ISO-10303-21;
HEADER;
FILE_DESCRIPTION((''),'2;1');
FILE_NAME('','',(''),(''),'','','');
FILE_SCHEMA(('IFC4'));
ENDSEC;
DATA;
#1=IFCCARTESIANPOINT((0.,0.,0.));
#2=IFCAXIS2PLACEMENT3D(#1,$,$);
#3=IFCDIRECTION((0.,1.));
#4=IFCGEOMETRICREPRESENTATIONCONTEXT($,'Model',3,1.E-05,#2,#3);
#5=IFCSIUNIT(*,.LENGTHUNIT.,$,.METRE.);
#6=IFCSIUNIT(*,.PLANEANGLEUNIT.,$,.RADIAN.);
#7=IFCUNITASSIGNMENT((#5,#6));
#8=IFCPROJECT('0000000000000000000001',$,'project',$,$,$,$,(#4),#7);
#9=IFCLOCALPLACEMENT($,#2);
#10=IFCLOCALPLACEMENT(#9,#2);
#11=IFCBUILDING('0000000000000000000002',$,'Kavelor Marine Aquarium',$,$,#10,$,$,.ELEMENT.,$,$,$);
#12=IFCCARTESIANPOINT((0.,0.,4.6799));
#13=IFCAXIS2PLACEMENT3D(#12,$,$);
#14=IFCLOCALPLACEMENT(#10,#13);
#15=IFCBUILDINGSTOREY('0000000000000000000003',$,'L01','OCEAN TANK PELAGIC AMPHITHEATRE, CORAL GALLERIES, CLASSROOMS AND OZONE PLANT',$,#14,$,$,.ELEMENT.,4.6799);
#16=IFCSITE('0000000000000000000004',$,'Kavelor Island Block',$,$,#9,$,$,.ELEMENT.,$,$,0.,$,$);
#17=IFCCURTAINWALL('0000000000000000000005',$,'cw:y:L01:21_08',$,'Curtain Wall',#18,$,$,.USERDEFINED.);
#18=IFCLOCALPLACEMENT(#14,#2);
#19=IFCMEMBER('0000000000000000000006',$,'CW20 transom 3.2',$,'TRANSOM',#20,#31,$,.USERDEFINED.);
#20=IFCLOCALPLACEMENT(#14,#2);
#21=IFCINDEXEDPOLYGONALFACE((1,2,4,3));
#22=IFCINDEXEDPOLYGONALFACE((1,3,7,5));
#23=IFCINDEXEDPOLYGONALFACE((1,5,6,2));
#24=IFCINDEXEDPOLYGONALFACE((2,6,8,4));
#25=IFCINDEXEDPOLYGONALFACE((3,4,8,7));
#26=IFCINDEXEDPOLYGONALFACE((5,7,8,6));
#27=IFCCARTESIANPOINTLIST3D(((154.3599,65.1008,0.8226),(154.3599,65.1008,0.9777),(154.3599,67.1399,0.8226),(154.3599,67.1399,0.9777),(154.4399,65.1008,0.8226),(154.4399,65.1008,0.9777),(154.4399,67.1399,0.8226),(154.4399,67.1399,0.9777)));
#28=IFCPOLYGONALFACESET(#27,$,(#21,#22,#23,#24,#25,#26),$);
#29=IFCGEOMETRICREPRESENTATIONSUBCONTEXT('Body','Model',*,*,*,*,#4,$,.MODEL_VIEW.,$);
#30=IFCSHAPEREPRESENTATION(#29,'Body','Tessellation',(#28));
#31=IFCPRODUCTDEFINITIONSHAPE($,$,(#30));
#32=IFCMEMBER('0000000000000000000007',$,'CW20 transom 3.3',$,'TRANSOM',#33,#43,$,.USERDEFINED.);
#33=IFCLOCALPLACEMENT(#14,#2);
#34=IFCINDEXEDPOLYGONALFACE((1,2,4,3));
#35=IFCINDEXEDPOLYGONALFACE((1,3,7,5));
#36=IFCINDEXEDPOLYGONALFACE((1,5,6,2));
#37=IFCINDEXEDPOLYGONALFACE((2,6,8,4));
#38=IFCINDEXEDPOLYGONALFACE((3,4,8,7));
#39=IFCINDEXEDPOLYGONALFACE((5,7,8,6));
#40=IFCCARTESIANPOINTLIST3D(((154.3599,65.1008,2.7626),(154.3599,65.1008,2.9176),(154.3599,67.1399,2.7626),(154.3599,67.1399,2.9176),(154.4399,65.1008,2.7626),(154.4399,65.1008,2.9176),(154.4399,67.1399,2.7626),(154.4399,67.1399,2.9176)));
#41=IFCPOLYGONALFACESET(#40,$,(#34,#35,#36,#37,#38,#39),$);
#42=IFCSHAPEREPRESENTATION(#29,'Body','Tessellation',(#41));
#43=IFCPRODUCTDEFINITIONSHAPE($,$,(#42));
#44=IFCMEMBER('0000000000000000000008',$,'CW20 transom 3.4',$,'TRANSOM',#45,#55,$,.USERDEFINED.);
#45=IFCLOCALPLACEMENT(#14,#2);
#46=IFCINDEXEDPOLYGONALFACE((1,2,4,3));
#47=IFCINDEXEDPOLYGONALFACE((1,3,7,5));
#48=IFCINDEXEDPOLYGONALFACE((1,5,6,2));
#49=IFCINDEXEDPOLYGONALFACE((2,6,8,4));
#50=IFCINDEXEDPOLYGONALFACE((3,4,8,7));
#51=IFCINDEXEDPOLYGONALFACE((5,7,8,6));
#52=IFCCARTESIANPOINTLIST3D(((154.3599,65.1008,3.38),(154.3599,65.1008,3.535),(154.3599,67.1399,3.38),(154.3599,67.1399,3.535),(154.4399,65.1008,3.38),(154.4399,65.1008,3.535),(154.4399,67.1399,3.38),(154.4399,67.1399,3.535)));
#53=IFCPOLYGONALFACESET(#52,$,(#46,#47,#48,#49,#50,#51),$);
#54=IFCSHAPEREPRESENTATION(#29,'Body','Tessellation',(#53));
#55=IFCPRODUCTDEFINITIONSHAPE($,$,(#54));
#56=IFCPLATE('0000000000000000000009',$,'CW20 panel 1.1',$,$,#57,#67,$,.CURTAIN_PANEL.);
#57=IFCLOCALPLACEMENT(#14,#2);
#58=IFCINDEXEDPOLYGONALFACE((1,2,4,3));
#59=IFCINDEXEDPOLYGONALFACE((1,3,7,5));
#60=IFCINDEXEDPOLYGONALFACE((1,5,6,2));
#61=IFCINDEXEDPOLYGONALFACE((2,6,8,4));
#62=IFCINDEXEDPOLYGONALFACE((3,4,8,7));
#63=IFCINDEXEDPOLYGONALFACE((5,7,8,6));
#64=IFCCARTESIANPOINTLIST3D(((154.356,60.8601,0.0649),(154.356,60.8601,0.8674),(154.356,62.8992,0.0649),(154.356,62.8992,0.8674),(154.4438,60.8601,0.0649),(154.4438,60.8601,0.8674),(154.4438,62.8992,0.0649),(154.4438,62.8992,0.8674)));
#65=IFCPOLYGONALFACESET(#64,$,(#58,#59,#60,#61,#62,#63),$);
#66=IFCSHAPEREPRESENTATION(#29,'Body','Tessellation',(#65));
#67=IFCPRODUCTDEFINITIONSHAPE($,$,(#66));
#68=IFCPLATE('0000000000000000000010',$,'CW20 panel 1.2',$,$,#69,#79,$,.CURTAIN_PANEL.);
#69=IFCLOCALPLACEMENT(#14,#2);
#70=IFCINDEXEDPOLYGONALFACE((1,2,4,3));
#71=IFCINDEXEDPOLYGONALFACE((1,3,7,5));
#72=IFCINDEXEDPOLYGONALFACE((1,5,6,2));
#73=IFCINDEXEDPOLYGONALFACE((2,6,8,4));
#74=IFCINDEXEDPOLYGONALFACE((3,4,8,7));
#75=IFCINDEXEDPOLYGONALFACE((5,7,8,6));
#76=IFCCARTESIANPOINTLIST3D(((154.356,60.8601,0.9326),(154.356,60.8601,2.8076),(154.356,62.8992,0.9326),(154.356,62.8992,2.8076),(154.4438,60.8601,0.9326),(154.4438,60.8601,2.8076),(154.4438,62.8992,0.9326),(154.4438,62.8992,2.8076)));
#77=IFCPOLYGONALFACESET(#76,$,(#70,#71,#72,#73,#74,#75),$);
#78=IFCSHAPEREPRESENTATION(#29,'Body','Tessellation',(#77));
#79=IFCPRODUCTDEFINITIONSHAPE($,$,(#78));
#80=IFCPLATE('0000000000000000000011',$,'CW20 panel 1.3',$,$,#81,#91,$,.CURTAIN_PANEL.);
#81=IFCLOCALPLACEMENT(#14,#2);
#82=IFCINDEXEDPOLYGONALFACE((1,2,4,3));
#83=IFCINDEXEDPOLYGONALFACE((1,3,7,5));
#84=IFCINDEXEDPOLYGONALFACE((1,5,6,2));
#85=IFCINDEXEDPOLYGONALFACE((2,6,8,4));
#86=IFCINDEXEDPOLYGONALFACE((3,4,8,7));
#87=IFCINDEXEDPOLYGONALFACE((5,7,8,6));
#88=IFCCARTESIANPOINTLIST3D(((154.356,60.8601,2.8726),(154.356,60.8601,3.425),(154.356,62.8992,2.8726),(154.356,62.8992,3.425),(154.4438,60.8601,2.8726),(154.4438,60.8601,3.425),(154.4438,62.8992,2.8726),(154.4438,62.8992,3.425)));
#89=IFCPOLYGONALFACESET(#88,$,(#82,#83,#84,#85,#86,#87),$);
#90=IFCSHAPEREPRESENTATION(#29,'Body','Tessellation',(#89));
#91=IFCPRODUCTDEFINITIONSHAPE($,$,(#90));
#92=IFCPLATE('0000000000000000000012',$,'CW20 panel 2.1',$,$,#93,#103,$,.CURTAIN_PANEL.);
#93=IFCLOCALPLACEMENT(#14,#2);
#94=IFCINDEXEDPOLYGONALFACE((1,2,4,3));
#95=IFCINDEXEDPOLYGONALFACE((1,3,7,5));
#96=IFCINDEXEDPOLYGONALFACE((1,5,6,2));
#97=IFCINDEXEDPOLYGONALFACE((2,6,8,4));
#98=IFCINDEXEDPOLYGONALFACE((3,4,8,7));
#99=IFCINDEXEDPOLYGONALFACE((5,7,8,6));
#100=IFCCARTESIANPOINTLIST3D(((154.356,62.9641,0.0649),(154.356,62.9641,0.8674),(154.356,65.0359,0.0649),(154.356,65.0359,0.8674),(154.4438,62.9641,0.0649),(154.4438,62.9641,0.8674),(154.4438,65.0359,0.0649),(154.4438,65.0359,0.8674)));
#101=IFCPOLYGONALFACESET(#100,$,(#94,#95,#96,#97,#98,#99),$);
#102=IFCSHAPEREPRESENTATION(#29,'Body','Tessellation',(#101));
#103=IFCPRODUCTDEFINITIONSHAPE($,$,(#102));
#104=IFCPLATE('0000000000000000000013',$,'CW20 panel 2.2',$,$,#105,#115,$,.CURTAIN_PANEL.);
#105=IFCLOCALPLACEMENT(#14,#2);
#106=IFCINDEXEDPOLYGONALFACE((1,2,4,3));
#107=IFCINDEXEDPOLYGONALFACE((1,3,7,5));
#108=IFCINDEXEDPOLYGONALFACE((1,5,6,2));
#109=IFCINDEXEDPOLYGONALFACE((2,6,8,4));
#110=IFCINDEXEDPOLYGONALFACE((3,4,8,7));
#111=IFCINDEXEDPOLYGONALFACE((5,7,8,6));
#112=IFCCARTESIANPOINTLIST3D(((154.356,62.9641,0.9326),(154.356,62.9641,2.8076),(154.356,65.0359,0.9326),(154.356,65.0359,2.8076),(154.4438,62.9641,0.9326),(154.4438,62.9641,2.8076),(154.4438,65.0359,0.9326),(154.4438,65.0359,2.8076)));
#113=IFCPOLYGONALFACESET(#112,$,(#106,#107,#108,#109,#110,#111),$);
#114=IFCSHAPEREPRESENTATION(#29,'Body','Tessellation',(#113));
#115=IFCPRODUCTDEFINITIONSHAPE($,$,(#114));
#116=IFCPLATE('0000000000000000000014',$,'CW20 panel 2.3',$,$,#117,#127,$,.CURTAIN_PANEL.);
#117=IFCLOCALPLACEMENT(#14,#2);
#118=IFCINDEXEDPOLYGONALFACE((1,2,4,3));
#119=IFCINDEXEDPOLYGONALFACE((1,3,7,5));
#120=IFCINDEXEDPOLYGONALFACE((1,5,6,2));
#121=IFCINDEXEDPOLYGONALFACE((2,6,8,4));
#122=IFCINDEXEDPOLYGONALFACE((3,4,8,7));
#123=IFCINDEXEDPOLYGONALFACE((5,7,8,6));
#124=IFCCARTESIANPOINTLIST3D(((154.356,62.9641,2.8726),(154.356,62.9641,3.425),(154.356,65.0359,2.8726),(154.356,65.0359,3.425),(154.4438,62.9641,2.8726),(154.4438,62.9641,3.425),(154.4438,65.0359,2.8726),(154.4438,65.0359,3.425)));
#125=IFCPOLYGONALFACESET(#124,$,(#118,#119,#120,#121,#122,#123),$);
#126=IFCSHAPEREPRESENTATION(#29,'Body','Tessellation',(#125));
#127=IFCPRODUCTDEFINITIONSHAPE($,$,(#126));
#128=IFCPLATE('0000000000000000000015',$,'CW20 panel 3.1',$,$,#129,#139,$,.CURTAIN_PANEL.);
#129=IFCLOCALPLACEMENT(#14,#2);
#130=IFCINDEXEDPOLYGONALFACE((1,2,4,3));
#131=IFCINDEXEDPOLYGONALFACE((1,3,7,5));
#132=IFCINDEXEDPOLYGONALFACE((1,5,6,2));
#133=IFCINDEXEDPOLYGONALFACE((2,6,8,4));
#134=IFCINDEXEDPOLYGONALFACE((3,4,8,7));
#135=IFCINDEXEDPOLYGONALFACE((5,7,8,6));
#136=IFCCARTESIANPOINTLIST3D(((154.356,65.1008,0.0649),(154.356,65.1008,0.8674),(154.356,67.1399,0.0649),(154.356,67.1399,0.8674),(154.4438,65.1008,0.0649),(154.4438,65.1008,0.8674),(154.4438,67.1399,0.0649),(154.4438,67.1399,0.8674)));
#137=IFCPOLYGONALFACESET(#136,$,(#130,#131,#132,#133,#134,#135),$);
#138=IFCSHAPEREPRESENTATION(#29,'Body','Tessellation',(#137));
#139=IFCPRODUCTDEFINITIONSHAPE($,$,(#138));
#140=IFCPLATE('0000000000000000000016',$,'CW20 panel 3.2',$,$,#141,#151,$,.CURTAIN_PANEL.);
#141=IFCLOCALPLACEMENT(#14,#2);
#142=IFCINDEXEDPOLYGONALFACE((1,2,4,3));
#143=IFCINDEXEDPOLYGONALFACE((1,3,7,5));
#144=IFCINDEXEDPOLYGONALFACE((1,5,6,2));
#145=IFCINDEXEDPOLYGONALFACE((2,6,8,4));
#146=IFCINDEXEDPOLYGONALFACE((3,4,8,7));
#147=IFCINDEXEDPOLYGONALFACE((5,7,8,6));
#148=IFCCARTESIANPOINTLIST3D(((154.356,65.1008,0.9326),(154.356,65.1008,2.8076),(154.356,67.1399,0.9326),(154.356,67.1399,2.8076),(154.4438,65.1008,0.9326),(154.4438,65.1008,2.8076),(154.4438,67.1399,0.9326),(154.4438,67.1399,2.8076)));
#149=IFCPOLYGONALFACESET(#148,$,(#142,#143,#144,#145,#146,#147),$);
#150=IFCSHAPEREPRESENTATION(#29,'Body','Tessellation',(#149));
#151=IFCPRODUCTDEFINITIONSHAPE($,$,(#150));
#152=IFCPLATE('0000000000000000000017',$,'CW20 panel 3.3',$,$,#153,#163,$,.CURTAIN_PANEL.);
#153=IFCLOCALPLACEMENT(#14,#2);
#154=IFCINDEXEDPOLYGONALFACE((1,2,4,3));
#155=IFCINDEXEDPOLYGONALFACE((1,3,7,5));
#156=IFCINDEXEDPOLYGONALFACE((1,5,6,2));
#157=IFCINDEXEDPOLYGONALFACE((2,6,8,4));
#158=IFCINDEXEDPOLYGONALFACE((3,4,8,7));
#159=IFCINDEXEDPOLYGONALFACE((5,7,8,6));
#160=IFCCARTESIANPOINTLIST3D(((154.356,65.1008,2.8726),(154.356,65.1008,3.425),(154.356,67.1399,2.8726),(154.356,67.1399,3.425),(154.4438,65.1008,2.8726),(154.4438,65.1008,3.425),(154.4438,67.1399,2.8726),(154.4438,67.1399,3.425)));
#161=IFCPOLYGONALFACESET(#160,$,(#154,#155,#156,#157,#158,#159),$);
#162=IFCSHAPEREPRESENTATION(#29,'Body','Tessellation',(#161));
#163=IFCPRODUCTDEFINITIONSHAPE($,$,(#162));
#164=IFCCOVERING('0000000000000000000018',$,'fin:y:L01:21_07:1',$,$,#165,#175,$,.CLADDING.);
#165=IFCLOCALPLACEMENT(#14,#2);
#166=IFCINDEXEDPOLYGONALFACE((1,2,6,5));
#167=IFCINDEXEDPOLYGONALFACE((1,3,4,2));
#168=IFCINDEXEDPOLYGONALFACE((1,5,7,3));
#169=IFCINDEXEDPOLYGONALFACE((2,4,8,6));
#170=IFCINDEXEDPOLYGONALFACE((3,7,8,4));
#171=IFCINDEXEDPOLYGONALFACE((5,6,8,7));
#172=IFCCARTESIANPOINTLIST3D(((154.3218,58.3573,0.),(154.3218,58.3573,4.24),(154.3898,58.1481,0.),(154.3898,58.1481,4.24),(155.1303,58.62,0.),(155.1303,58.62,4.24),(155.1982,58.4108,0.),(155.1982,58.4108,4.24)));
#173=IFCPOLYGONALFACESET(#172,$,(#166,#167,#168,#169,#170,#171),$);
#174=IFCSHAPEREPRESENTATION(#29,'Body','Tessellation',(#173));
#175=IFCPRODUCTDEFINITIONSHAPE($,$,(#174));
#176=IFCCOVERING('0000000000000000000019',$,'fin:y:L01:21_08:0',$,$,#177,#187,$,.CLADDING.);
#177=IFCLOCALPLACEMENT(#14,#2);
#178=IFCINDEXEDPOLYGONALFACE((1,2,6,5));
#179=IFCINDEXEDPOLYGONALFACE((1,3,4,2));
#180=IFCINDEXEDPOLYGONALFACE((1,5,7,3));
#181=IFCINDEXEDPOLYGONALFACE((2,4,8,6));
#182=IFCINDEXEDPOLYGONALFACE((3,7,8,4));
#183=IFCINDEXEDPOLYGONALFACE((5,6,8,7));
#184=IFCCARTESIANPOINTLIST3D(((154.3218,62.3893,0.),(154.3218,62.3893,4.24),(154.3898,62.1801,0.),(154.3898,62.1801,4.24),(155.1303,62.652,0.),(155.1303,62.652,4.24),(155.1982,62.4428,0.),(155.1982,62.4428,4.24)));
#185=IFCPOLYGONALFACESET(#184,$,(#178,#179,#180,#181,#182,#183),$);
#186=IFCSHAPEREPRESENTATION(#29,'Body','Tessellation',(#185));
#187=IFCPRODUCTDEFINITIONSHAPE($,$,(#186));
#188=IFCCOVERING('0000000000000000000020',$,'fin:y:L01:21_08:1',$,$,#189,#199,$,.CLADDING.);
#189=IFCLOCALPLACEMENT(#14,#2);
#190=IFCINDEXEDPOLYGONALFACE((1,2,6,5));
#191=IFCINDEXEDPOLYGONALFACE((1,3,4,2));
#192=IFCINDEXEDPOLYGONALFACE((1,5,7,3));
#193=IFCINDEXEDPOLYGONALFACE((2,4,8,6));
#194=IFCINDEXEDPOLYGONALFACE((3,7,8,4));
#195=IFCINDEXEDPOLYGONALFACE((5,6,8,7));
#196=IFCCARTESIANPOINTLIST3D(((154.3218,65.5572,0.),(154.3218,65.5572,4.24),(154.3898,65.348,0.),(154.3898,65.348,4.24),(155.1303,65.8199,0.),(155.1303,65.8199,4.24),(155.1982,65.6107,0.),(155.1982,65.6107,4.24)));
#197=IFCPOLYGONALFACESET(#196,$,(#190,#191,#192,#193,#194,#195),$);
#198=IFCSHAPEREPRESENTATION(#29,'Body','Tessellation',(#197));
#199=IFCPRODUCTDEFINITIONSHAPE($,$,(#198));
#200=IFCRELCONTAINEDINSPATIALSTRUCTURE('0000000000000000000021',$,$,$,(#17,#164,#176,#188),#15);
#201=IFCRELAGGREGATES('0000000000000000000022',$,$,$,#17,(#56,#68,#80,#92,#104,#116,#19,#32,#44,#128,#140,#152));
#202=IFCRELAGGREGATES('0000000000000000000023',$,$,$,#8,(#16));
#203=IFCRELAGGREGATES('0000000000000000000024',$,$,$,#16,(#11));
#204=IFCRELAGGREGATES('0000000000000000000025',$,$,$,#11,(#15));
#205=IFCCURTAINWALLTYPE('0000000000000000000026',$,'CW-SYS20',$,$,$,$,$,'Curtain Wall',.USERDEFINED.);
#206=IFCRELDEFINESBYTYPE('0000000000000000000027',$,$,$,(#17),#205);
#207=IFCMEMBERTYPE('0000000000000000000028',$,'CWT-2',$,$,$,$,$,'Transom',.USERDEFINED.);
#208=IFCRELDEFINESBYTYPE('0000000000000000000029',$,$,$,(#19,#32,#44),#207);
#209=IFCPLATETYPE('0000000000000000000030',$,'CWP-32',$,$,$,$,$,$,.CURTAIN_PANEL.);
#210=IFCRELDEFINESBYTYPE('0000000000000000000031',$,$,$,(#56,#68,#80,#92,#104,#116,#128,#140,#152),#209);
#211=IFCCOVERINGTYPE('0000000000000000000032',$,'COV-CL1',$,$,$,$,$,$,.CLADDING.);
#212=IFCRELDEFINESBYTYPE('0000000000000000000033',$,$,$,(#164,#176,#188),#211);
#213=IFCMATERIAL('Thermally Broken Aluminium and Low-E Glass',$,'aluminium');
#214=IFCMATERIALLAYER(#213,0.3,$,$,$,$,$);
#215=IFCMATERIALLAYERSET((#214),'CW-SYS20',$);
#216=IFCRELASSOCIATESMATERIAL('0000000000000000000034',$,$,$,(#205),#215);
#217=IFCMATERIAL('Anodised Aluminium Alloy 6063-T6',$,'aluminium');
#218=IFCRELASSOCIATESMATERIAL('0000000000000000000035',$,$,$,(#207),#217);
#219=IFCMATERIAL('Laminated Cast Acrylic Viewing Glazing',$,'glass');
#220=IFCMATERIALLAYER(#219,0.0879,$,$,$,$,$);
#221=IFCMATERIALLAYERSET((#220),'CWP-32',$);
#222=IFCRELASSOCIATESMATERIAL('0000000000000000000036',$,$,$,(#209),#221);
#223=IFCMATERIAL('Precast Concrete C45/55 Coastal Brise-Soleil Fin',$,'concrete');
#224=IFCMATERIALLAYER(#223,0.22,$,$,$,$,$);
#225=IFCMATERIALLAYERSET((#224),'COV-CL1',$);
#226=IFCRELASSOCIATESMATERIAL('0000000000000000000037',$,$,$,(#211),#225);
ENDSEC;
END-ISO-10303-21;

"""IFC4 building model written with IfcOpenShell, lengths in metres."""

from ifc_helpers import new_model, si_unit, direction, frame, origin, origin_2d, place, context, subcontext, project, spatial, rectangle, extrude, material, layer, layer_set, material_profile, profile_set, type_object, element, aggregate, save


model = new_model("IFC4")

# Units and contexts
model_context = context("Model", 3, precision=1e-05, world=origin(), true_north=direction((0.0, 1.0)))
body_context = subcontext(model_context, "Body", "Model", "MODEL_VIEW")
ifc_project = project(units=[si_unit("LENGTHUNIT", "METRE"), si_unit("PLANEANGLEUNIT", "RADIAN")], contexts=[model_context])

# Site, building, storey
site_placement = place(None, origin())
site = spatial("IfcSite", under=ifc_project, at=site_placement, Name="Kavelor Island Block", CompositionType="ELEMENT", RefElevation=0.0)
building_placement = place(site_placement, origin())
building = spatial("IfcBuilding", under=site, at=building_placement, Name="Kavelor Marine Aquarium", CompositionType="ELEMENT")
storey_placement = place(building_placement, frame((0.0, 0.0, 4.6799)))
storey = spatial("IfcBuildingStorey", under=building, at=storey_placement, Name="L01", Description="OCEAN TANK PELAGIC AMPHITHEATRE, CORAL GALLERIES, CLASSROOMS AND OZONE PLANT", CompositionType="ELEMENT", Elevation=4.6799)

# Curtain wall, members, plates
ifc_material_1 = material(Name="Thermally Broken Aluminium and Low-E Glass", Category="aluminium")
ifc_layer_1 = layer(ifc_material_1, 0.3)
ifc_layer_set_1 = layer_set([ifc_layer_1], Name="CW-SYS20")
curtain_wall_type = type_object("IfcCurtainWallType", Name="CW-SYS20", ElementType="Curtain Wall", PredefinedType="USERDEFINED", material=ifc_layer_set_1)
curtain_wall_placement = place(storey_placement, origin())
curtain_wall = element("IfcCurtainWall", 1, at=curtain_wall_placement, inside=storey, type_object=curtain_wall_type, Name="cw:y:L01:21_08", ObjectType="Curtain Wall", PredefinedType="USERDEFINED")
ifc_material_2 = material(Name="Anodised Aluminium Alloy 6063-T6", Category="aluminium")
ifc_material_profile_1 = material_profile(ifc_material_2, rectangle(XDim=0.0801, YDim=0.155, at=origin_2d()), Name="CW-TRN 80x155")
ifc_profile_set_1 = profile_set([ifc_material_profile_1], Name="Anodised Aluminium Alloy 6063-T6")
member_type_1 = type_object("IfcMemberType", Name="CWT-2", ElementType="Transom", PredefinedType="USERDEFINED", material=ifc_profile_set_1)
member_1_placement = place(storey_placement, frame((154.3999, 65.1008, 0.9001), z_axis=(0.0, 1.0, 0.0), x_axis=(-1.0, 0.0, 0.0)))
member_1 = element("IfcMember", 2, at=member_1_placement, type_object=member_type_1, Name="CW20 transom 3.2", ObjectType="TRANSOM", PredefinedType="USERDEFINED", context=body_context, shape_type="SweptSolid", body=[
    extrude(rectangle(XDim=0.0801, YDim=0.155, at=origin_2d()), origin(), (0.0, 0.0, 1.0), 2.0391),
])
member_2_placement = place(storey_placement, frame((154.3999, 65.1008, 2.8401), z_axis=(0.0, 1.0, 0.0), x_axis=(-1.0, 0.0, 0.0)))
member_2 = element("IfcMember", 3, at=member_2_placement, type_object=member_type_1, Name="CW20 transom 3.3", ObjectType="TRANSOM", PredefinedType="USERDEFINED", context=body_context, shape_type="SweptSolid", body=[
    extrude(rectangle(XDim=0.0801, YDim=0.155, at=origin_2d()), origin(), (0.0, 0.0, 1.0), 2.0391),
])
member_3_placement = place(storey_placement, frame((154.3999, 65.1008, 3.4575), z_axis=(0.0, 1.0, 0.0), x_axis=(-1.0, 0.0, 0.0)))
member_3 = element("IfcMember", 4, at=member_3_placement, type_object=member_type_1, Name="CW20 transom 3.4", ObjectType="TRANSOM", PredefinedType="USERDEFINED", context=body_context, shape_type="SweptSolid", body=[
    extrude(rectangle(XDim=0.0801, YDim=0.155, at=origin_2d()), origin(), (0.0, 0.0, 1.0), 2.0391),
])
ifc_material_3 = material(Name="Laminated Cast Acrylic Viewing Glazing", Category="glass")
ifc_layer_2 = layer(ifc_material_3, 0.0879)
ifc_layer_set_2 = layer_set([ifc_layer_2], Name="CWP-32")
plate_type = type_object("IfcPlateType", Name="CWP-32", PredefinedType="CURTAIN_PANEL", material=ifc_layer_set_2)
plate_1_placement = place(storey_placement, frame((154.3999, 61.8796, 0.0649), z_axis=(0.0, 0.0, 1.0), x_axis=(0.0, 1.0, 0.0)))
plate_1 = element("IfcPlate", 5, at=plate_1_placement, type_object=plate_type, Name="CW20 panel 1.1", PredefinedType="CURTAIN_PANEL", context=body_context, shape_type="SweptSolid", body=[
    extrude(rectangle(XDim=2.0391, YDim=0.0879, at=origin_2d()), origin(), (0.0, 0.0, 1.0), 0.8025),
])
plate_2_placement = place(storey_placement, frame((154.3999, 61.8796, 0.9326), z_axis=(0.0, 0.0, 1.0), x_axis=(0.0, 1.0, 0.0)))
plate_2 = element("IfcPlate", 6, at=plate_2_placement, type_object=plate_type, Name="CW20 panel 1.2", PredefinedType="CURTAIN_PANEL", context=body_context, shape_type="SweptSolid", body=[
    extrude(rectangle(XDim=2.0391, YDim=0.0879, at=origin_2d()), origin(), (0.0, 0.0, 1.0), 1.875),
])
plate_3_placement = place(storey_placement, frame((154.3999, 61.8796, 2.8726), z_axis=(0.0, 0.0, 1.0), x_axis=(0.0, 1.0, 0.0)))
plate_3 = element("IfcPlate", 7, at=plate_3_placement, type_object=plate_type, Name="CW20 panel 1.3", PredefinedType="CURTAIN_PANEL", context=body_context, shape_type="SweptSolid", body=[
    extrude(rectangle(XDim=2.0391, YDim=0.0879, at=origin_2d()), origin(), (0.0, 0.0, 1.0), 0.5525),
])
plate_4_placement = place(storey_placement, frame((154.3999, 64.0, 0.0649), z_axis=(0.0, 0.0, 1.0), x_axis=(0.0, 1.0, 0.0)))
plate_4 = element("IfcPlate", 8, at=plate_4_placement, type_object=plate_type, Name="CW20 panel 2.1", PredefinedType="CURTAIN_PANEL", context=body_context, shape_type="SweptSolid", body=[
    extrude(rectangle(XDim=2.0718, YDim=0.0879, at=origin_2d()), origin(), (0.0, 0.0, 1.0), 0.8025),
])
plate_5_placement = place(storey_placement, frame((154.3999, 64.0, 0.9326), z_axis=(0.0, 0.0, 1.0), x_axis=(0.0, 1.0, 0.0)))
plate_5 = element("IfcPlate", 9, at=plate_5_placement, type_object=plate_type, Name="CW20 panel 2.2", PredefinedType="CURTAIN_PANEL", context=body_context, shape_type="SweptSolid", body=[
    extrude(rectangle(XDim=2.0718, YDim=0.0879, at=origin_2d()), origin(), (0.0, 0.0, 1.0), 1.875),
])
plate_6_placement = place(storey_placement, frame((154.3999, 64.0, 2.8726), z_axis=(0.0, 0.0, 1.0), x_axis=(0.0, 1.0, 0.0)))
plate_6 = element("IfcPlate", 10, at=plate_6_placement, type_object=plate_type, Name="CW20 panel 2.3", PredefinedType="CURTAIN_PANEL", context=body_context, shape_type="SweptSolid", body=[
    extrude(rectangle(XDim=2.0718, YDim=0.0879, at=origin_2d()), origin(), (0.0, 0.0, 1.0), 0.5525),
])
plate_7_placement = place(storey_placement, frame((154.3999, 66.1204, 0.0649), z_axis=(0.0, 0.0, 1.0), x_axis=(0.0, 1.0, 0.0)))
plate_7 = element("IfcPlate", 11, at=plate_7_placement, type_object=plate_type, Name="CW20 panel 3.1", PredefinedType="CURTAIN_PANEL", context=body_context, shape_type="SweptSolid", body=[
    extrude(rectangle(XDim=2.0391, YDim=0.0879, at=origin_2d()), origin(), (0.0, 0.0, 1.0), 0.8025),
])
plate_8_placement = place(storey_placement, frame((154.3999, 66.1204, 0.9326), z_axis=(0.0, 0.0, 1.0), x_axis=(0.0, 1.0, 0.0)))
plate_8 = element("IfcPlate", 12, at=plate_8_placement, type_object=plate_type, Name="CW20 panel 3.2", PredefinedType="CURTAIN_PANEL", context=body_context, shape_type="SweptSolid", body=[
    extrude(rectangle(XDim=2.0391, YDim=0.0879, at=origin_2d()), origin(), (0.0, 0.0, 1.0), 1.875),
])
plate_9_placement = place(storey_placement, frame((154.3999, 66.1204, 2.8726), z_axis=(0.0, 0.0, 1.0), x_axis=(0.0, 1.0, 0.0)))
plate_9 = element("IfcPlate", 13, at=plate_9_placement, type_object=plate_type, Name="CW20 panel 3.3", PredefinedType="CURTAIN_PANEL", context=body_context, shape_type="SweptSolid", body=[
    extrude(rectangle(XDim=2.0391, YDim=0.0879, at=origin_2d()), origin(), (0.0, 0.0, 1.0), 0.5525),
])
aggregate(curtain_wall, [plate_1, plate_2, plate_3, plate_4, plate_5, plate_6, member_1, member_2, member_3, plate_7, plate_8, plate_9])

# Coverings
ifc_material_4 = material(Name="Precast Concrete C45/55 Coastal Brise-Soleil Fin", Category="concrete")
ifc_layer_3 = layer(ifc_material_4, 0.22)
ifc_layer_set_3 = layer_set([ifc_layer_3], Name="COV-CL1")
covering_type = type_object("IfcCoveringType", Name="COV-CL1", PredefinedType="CLADDING", material=ifc_layer_set_3)
for number, where, z_axis, x_axis, name in (
    (14, (154.76, 58.384, 0.0), (0.0, 0.0, 1.0), (0.951057, 0.309017, 0.0), "fin:y:L01:21_07:1"),
    (15, (154.76, 62.416, 0.0), (0.0, 0.0, 1.0), (0.951057, 0.309017, 0.0), "fin:y:L01:21_08:0"),
    (16, (154.76, 65.584, 0.0), (0.0, 0.0, 1.0), (0.951057, 0.309017, 0.0), "fin:y:L01:21_08:1"),
):
    element("IfcCovering", number, at=place(storey_placement, frame(where, z_axis=z_axis, x_axis=x_axis)), inside=storey, type_object=covering_type, Name=name, PredefinedType="CLADDING", context=body_context, shape_type="SweptSolid", body=[
        extrude(rectangle(XDim=0.8501, YDim=0.22, at=origin_2d()), origin(), (0.0, 0.0, 1.0), 4.24),
    ])

save(model, "model.ifc")
